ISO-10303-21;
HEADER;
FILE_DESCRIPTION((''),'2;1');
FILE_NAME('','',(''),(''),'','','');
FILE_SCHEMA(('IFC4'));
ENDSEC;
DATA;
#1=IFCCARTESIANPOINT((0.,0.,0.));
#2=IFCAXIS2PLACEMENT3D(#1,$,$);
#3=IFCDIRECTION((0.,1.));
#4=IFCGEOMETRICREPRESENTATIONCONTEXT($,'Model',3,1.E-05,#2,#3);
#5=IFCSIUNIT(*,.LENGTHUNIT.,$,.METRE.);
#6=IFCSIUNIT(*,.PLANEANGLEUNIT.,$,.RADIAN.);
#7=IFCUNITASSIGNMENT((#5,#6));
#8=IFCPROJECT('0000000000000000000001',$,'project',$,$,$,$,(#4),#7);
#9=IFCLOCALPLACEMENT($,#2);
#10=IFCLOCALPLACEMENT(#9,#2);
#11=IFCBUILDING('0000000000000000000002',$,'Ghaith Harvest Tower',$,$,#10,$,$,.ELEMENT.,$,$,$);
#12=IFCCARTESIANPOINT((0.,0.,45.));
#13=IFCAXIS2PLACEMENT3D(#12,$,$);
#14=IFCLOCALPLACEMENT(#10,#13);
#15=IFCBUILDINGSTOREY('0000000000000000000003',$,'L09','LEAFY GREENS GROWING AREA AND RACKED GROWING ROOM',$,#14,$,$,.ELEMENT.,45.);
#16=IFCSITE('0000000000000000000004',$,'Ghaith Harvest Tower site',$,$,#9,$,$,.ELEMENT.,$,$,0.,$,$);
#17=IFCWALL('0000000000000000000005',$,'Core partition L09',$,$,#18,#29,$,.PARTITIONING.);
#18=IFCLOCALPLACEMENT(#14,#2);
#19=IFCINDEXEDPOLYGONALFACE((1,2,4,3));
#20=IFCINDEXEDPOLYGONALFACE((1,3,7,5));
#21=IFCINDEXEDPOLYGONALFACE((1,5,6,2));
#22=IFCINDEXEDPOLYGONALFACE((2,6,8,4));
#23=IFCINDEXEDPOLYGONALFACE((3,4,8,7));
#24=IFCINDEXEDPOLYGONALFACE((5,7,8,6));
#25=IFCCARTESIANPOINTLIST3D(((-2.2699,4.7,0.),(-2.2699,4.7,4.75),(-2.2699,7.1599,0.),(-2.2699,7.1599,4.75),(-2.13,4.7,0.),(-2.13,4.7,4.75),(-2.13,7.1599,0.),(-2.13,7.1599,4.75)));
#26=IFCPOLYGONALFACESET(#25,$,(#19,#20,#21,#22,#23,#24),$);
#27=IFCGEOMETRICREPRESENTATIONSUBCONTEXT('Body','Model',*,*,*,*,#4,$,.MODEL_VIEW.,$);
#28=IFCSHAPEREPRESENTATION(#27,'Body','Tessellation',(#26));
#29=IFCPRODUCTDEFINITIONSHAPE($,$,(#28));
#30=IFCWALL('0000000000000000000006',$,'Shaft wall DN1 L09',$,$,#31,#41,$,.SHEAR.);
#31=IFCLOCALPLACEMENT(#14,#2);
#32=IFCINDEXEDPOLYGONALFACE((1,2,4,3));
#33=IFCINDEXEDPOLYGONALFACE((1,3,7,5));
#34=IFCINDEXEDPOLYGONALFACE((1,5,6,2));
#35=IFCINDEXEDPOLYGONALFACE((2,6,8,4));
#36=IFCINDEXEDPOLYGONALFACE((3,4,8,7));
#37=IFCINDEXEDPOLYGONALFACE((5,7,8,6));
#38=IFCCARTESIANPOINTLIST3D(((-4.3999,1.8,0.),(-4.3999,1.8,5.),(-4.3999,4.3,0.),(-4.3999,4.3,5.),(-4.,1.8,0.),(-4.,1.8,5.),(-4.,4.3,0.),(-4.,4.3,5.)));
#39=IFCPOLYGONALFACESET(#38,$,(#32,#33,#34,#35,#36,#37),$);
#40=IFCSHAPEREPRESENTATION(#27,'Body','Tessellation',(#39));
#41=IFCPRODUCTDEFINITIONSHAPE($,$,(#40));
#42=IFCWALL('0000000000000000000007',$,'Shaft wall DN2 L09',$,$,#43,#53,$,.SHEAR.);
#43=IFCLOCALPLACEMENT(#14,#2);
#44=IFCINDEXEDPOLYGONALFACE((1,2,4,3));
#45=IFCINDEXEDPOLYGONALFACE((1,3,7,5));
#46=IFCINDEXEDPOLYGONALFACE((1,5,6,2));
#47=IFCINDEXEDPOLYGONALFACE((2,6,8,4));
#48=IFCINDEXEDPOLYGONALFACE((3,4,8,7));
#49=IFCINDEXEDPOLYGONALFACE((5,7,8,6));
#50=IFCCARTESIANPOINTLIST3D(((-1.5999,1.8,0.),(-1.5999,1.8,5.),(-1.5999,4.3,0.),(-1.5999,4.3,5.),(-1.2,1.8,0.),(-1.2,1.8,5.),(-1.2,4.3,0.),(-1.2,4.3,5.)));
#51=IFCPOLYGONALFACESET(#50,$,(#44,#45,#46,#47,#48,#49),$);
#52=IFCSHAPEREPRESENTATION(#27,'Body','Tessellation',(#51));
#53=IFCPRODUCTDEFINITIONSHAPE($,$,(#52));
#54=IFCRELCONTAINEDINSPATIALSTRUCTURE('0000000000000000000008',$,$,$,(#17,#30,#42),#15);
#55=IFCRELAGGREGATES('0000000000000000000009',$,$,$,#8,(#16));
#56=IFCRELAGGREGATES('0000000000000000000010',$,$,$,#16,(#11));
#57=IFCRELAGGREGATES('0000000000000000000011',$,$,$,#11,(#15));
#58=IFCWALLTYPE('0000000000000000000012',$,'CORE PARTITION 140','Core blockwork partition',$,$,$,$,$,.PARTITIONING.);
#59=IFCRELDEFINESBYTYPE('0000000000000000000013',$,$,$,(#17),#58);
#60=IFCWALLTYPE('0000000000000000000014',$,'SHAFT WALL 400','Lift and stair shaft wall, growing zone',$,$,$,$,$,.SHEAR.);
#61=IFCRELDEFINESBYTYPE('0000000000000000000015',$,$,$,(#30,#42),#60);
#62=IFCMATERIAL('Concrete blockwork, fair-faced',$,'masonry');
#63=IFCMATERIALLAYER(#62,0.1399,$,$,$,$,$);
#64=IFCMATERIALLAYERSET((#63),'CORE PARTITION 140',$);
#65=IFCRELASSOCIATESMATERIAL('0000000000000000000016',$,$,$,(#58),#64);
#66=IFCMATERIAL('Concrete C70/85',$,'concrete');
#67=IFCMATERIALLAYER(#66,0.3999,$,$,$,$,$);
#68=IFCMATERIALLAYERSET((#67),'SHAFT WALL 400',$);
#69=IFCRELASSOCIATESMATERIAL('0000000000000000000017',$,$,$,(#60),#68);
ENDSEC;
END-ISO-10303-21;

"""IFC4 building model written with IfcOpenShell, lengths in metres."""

from ifc_helpers import new_model, si_unit, direction, frame, frame_2d, origin, place, context, subcontext, project, spatial, rectangle, extrude, material, layer, layer_set, type_object, element, save


model = new_model("IFC4")

# Units and contexts
model_context = context("Model", 3, precision=1e-05, world=origin(), true_north=direction((0.0, 1.0)))
body_context = subcontext(model_context, "Body", "Model", "MODEL_VIEW")
ifc_project = project(units=[si_unit("LENGTHUNIT", "METRE"), si_unit("PLANEANGLEUNIT", "RADIAN")], contexts=[model_context])

# Site, building, storey
site_placement = place(None, origin())
site = spatial("IfcSite", under=ifc_project, at=site_placement, Name="Ghaith Harvest Tower site", CompositionType="ELEMENT", RefElevation=0.0)
building_placement = place(site_placement, origin())
building = spatial("IfcBuilding", under=site, at=building_placement, Name="Ghaith Harvest Tower", CompositionType="ELEMENT")
storey_placement = place(building_placement, frame((0.0, 0.0, 45.0)))
storey = spatial("IfcBuildingStorey", under=building, at=storey_placement, Name="L09", Description="LEAFY GREENS GROWING AREA AND RACKED GROWING ROOM", CompositionType="ELEMENT", Elevation=45.0)

# Walls
ifc_material_1 = material(Name="Concrete blockwork, fair-faced", Category="masonry")
ifc_layer_1 = layer(ifc_material_1, 0.1399)
ifc_layer_set_1 = layer_set([ifc_layer_1], Name="CORE PARTITION 140")
wall_type_1 = type_object("IfcWallType", Name="CORE PARTITION 140", Description="Core blockwork partition", PredefinedType="PARTITIONING", material=ifc_layer_set_1)
wall_placement = place(storey_placement, frame((-2.2, 4.7, 0.0), z_axis=(0.0, 0.0, 1.0), x_axis=(0.0, 1.0, 0.0)))
element("IfcWall", 1, at=wall_placement, inside=storey, type_object=wall_type_1, Name="Core partition L09", PredefinedType="PARTITIONING", context=body_context, shape_type="SweptSolid", body=[
    extrude(rectangle(XDim=2.46, YDim=0.1399, at=frame_2d((1.23, 0.0))), origin(), (0.0, 0.0, 1.0), 4.75),
])
ifc_material_2 = material(Name="Concrete C70/85", Category="concrete")
ifc_layer_2 = layer(ifc_material_2, 0.3999)
ifc_layer_set_2 = layer_set([ifc_layer_2], Name="SHAFT WALL 400")
wall_type_2 = type_object("IfcWallType", Name="SHAFT WALL 400", Description="Lift and stair shaft wall, growing zone", PredefinedType="SHEAR", material=ifc_layer_set_2)
for number, where, z_axis, x_axis, name in (
    (2, (-4.2, 1.8, 0.0), (0.0, 0.0, 1.0), (0.0, 1.0, 0.0), "Shaft wall DN1 L09"),
    (3, (-1.3999, 1.8, 0.0), (0.0, 0.0, 1.0), (0.0, 1.0, 0.0), "Shaft wall DN2 L09"),
):
    element("IfcWall", number, at=place(storey_placement, frame(where, z_axis=z_axis, x_axis=x_axis)), inside=storey, type_object=wall_type_2, Name=name, PredefinedType="SHEAR", context=body_context, shape_type="SweptSolid", body=[
        extrude(rectangle(XDim=2.5, YDim=0.3999, at=frame_2d((1.25, 0.0))), origin(), (0.0, 0.0, 1.0), 5.0),
    ])

save(model, "model.ifc")
